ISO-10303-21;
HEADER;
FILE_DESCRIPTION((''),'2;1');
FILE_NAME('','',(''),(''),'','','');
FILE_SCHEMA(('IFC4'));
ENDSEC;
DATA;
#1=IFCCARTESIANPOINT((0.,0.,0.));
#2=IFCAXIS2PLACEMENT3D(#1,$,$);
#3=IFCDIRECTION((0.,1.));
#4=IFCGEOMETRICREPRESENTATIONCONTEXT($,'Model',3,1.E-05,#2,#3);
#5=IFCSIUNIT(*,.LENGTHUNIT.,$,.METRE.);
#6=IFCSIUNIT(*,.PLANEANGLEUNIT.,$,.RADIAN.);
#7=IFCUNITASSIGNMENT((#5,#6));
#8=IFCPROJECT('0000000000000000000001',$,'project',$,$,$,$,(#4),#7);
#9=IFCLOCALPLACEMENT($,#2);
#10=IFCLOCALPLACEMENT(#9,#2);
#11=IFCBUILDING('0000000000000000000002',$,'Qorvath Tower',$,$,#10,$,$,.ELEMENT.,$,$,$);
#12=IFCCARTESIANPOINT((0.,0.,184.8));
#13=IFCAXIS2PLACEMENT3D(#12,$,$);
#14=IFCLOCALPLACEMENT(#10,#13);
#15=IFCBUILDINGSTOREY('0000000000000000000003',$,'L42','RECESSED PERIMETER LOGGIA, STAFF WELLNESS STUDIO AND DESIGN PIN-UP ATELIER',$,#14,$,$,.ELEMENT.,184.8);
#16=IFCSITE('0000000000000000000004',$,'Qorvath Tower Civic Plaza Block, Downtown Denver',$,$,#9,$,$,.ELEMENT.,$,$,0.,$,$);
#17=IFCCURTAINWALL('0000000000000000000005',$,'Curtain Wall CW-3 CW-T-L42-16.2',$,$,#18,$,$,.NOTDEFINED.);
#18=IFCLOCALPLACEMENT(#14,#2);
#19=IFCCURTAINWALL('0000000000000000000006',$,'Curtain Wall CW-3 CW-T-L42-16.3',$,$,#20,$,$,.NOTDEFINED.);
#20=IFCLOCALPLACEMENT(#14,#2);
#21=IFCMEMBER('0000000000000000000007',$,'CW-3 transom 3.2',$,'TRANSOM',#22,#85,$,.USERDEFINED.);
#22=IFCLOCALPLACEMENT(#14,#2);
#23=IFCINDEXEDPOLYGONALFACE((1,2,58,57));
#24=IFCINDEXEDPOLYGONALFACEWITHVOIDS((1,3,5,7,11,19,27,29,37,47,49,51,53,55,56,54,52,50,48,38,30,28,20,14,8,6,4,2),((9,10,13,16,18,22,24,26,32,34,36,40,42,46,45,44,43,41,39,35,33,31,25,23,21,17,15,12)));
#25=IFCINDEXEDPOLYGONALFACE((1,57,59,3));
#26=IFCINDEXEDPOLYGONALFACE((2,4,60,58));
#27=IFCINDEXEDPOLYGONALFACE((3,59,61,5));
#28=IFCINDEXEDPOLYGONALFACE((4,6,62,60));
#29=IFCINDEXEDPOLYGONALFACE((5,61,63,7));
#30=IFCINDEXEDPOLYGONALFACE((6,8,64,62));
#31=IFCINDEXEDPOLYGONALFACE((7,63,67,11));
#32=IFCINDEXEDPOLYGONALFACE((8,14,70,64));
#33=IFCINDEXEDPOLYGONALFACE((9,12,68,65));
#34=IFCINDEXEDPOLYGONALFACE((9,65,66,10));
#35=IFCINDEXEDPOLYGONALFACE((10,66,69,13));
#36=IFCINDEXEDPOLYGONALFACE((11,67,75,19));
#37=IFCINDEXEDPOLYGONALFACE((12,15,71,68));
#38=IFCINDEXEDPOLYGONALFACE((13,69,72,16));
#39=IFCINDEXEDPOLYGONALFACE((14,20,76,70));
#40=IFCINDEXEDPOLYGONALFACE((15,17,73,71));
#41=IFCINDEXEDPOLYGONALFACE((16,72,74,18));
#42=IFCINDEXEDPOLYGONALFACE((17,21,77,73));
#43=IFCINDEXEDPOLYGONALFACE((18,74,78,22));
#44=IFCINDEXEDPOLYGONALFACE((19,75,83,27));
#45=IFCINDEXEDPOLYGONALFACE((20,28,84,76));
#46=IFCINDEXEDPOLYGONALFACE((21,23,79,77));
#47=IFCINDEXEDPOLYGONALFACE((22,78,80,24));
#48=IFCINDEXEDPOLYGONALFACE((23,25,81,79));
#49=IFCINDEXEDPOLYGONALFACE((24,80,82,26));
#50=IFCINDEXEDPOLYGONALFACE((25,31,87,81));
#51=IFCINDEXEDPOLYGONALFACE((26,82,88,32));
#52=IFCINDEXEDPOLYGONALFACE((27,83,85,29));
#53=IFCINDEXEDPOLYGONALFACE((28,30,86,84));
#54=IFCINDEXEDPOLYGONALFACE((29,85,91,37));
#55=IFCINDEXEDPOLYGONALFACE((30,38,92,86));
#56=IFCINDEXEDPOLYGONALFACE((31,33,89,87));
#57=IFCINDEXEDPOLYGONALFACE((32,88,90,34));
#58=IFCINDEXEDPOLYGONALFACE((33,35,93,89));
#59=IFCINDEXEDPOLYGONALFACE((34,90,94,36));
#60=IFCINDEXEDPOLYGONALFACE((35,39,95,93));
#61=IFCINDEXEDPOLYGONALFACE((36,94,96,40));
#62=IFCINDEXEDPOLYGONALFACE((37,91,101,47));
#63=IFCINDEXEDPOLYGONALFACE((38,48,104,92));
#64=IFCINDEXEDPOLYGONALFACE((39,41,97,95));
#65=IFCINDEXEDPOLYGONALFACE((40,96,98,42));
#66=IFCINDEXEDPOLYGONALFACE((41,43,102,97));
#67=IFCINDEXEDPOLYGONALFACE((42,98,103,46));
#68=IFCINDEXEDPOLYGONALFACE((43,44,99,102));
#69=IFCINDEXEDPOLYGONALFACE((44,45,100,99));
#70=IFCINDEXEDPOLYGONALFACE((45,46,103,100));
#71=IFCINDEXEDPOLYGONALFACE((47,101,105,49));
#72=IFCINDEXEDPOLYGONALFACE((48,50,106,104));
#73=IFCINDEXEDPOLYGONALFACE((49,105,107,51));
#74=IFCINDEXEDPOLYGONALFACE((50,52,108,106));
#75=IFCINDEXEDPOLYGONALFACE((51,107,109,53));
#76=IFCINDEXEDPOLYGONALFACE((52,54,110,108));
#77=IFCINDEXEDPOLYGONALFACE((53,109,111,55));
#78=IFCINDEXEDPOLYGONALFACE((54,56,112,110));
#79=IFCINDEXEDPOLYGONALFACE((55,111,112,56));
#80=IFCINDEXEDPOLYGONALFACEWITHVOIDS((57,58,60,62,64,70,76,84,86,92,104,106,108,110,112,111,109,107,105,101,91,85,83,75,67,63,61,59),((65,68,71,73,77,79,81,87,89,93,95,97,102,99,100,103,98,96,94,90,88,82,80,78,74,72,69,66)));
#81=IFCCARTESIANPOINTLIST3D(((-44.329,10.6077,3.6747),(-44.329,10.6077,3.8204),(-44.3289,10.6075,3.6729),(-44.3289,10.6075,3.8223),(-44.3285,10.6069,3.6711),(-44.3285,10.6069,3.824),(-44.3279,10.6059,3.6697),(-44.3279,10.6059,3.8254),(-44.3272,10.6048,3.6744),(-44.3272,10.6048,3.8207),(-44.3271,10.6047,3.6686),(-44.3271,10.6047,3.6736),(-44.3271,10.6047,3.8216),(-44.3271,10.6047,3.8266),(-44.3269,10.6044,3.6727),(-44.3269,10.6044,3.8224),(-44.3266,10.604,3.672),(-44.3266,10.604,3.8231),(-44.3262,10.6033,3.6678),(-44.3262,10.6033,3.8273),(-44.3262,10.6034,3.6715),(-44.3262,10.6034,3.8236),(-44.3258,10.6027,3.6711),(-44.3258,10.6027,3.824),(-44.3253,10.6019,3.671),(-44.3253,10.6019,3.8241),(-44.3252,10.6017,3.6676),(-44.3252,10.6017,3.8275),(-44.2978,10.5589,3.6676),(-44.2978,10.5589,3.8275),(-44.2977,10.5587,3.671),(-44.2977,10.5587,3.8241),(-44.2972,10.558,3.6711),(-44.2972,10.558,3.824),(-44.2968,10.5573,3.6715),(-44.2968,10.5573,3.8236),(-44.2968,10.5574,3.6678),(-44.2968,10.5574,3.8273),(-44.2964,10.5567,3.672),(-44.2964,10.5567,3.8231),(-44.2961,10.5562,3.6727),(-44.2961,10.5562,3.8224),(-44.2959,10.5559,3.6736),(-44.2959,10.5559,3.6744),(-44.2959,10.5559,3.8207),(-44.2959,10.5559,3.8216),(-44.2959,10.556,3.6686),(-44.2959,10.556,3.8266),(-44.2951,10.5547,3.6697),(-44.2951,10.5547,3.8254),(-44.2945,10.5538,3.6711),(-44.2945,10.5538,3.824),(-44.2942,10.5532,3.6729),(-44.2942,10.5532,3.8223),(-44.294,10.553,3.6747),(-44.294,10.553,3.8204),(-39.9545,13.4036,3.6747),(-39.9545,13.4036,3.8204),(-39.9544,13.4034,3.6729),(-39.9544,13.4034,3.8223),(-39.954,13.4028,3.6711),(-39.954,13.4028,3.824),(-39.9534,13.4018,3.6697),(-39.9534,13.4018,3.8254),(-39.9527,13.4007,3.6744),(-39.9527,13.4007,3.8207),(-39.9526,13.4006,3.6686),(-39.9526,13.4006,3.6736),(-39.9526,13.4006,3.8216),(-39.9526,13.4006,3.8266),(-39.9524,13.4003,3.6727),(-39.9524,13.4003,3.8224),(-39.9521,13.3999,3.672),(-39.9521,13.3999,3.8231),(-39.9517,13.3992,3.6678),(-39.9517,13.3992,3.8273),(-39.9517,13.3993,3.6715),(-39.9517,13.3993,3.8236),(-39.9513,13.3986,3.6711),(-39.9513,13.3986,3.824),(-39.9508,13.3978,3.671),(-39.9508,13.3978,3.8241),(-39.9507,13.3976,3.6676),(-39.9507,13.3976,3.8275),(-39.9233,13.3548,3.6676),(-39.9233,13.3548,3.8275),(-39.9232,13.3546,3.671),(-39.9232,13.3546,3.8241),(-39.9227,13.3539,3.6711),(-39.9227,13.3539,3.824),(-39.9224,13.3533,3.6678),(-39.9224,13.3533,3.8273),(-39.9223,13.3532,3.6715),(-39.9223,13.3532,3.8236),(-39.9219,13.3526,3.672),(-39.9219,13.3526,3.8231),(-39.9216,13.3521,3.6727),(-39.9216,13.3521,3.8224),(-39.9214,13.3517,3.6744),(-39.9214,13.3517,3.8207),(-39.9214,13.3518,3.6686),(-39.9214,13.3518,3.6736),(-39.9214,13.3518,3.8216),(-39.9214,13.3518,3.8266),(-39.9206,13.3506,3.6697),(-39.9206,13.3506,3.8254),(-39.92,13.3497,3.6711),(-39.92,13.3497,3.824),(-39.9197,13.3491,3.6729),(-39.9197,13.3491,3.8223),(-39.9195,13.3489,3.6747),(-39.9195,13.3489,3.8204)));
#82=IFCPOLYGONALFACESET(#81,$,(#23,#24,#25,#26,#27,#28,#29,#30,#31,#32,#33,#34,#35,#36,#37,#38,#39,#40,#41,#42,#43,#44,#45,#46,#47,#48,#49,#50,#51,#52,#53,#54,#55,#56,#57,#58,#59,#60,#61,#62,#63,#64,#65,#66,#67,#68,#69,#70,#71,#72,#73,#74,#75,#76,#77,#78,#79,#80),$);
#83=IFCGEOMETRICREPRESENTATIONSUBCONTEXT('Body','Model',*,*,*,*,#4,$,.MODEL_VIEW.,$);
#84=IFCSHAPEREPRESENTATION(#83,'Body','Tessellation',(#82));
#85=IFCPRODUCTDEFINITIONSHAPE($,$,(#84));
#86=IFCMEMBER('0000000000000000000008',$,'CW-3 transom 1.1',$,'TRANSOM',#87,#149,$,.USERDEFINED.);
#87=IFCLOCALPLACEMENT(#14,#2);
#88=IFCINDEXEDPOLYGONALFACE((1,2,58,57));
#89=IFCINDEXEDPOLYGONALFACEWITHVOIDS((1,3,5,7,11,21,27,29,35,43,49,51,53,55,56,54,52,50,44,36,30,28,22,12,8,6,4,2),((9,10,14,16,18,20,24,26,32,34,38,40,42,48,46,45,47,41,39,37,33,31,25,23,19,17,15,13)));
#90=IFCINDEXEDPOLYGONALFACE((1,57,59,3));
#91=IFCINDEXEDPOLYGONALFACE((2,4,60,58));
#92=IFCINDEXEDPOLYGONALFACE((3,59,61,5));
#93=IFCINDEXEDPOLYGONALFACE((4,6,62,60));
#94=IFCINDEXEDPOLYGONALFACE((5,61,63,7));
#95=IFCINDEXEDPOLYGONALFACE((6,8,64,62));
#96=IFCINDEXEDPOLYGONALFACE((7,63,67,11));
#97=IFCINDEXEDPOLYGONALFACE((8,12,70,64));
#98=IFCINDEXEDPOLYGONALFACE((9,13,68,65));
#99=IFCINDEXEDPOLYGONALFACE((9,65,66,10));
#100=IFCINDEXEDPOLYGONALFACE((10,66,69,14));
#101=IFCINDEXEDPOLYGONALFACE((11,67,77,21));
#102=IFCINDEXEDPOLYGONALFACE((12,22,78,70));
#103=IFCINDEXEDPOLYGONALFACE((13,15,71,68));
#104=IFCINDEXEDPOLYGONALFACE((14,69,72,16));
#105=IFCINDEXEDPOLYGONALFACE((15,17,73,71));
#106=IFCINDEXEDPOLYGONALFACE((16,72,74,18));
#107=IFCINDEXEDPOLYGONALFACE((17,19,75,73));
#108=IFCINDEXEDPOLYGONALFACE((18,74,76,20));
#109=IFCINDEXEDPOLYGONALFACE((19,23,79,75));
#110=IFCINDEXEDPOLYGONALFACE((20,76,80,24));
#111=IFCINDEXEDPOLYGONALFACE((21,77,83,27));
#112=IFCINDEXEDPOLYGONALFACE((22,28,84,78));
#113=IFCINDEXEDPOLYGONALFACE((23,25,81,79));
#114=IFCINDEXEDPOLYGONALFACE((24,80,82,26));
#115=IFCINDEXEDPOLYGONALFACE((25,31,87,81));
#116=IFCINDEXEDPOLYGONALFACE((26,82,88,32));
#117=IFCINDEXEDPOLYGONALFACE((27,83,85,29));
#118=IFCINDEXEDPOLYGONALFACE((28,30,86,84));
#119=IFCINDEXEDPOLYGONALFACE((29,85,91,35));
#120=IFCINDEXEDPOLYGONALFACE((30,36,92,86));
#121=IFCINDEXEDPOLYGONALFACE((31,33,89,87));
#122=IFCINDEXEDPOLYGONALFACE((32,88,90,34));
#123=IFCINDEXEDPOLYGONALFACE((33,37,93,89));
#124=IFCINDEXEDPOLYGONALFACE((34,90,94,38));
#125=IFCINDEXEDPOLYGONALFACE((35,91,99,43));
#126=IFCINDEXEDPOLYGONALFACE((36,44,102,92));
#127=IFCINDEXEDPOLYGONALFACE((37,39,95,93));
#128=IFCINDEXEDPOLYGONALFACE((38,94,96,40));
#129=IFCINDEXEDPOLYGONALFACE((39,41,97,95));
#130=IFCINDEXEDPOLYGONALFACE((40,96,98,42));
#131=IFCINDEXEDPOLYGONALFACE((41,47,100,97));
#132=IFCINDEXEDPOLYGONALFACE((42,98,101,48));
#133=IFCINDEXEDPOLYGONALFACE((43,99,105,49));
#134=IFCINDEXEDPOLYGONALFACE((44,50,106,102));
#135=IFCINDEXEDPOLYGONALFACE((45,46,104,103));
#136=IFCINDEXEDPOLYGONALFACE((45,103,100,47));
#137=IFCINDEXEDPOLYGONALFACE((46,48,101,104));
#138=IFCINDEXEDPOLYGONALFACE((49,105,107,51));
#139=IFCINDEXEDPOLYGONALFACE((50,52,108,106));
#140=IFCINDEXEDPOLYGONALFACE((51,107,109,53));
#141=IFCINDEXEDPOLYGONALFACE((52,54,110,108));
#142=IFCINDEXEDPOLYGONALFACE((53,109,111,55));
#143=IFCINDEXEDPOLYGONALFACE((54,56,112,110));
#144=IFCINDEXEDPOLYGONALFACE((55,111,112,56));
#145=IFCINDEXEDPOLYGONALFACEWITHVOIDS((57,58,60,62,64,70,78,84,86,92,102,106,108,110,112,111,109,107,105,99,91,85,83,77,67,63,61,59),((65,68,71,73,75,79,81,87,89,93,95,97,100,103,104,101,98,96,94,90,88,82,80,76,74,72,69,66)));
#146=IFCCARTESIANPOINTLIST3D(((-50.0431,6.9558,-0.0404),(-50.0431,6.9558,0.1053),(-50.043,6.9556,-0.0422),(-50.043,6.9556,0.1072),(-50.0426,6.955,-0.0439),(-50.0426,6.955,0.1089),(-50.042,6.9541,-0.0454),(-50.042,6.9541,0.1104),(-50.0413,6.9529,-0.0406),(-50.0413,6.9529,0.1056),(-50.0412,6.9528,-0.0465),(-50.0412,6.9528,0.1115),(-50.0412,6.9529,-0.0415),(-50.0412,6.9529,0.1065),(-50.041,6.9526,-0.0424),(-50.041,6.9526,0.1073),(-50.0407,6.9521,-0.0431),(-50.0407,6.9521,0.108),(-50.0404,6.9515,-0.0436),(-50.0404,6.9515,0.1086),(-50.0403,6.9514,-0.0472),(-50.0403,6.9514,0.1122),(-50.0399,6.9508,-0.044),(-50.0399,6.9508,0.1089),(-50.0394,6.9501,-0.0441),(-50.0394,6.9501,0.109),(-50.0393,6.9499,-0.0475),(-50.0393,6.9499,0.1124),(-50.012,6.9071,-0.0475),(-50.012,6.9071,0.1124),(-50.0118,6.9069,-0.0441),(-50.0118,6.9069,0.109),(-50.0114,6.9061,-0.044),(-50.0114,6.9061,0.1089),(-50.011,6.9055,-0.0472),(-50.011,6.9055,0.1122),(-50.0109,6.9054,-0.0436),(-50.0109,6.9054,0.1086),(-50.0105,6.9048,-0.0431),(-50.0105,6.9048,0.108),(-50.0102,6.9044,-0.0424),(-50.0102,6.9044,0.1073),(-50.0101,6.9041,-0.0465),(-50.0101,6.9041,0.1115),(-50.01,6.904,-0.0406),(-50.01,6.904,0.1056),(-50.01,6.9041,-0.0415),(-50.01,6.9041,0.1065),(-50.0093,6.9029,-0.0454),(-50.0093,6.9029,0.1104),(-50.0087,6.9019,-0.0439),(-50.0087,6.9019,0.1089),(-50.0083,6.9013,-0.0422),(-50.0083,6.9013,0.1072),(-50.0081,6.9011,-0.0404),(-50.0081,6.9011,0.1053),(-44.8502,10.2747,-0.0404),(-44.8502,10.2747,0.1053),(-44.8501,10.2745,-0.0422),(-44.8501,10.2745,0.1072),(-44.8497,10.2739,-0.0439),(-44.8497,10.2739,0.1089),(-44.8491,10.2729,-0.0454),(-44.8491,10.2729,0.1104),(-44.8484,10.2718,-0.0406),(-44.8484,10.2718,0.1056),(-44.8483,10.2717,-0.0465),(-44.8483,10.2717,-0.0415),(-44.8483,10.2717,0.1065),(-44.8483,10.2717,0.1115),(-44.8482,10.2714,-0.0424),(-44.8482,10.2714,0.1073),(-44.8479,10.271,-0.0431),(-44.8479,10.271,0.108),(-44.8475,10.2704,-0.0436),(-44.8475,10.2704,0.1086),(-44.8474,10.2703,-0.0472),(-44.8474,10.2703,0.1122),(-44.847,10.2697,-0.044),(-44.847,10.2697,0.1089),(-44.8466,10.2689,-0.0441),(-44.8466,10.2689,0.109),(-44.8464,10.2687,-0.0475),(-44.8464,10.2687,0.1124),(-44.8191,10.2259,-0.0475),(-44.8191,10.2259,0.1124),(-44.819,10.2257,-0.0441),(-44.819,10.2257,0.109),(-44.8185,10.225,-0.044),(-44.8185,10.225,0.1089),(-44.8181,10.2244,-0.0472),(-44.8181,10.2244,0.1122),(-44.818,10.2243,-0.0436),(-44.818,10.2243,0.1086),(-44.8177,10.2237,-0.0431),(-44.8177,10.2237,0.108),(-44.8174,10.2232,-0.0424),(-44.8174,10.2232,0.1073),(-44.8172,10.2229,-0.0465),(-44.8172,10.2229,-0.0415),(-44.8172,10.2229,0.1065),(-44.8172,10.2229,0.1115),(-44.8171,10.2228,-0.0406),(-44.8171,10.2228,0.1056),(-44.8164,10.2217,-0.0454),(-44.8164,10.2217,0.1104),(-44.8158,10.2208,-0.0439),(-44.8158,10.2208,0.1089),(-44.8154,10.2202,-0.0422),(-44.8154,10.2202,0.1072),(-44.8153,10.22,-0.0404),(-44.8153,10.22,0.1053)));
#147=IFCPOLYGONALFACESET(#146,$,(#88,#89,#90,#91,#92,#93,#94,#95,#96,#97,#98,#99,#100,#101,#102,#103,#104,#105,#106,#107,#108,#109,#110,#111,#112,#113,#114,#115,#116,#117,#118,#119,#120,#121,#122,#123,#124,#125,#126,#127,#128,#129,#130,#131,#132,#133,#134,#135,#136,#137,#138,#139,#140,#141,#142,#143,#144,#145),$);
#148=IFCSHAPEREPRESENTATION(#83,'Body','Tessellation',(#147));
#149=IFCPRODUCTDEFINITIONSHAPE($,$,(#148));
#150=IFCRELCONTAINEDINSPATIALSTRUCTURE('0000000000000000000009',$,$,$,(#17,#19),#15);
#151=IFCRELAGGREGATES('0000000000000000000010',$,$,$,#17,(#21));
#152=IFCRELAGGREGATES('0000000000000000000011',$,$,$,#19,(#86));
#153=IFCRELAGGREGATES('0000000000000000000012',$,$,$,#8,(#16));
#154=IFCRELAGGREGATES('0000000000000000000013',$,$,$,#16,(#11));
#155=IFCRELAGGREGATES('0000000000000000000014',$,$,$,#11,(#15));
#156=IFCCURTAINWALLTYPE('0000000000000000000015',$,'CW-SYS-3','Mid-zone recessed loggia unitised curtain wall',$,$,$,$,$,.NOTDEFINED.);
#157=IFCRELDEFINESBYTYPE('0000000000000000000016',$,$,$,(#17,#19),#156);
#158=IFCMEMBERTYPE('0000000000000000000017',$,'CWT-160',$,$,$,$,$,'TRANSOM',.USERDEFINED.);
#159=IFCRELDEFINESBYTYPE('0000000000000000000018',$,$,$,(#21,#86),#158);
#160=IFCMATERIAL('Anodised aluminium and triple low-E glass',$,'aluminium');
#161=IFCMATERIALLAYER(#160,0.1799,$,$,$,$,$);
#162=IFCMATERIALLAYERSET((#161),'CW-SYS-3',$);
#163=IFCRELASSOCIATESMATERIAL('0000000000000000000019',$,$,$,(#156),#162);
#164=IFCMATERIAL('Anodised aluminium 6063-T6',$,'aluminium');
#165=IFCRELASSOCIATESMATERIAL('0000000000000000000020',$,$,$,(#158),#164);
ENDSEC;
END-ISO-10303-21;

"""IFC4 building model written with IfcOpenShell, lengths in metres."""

from ifc_helpers import new_model, si_unit, direction, frame, origin, origin_2d, place, context, subcontext, project, spatial, hollow_rectangle, extrude, material, layer, layer_set, material_profile, profile_set, type_object, element, aggregate, save


model = new_model("IFC4")

# Units and contexts
model_context = context("Model", 3, precision=1e-05, world=origin(), true_north=direction((0.0, 1.0)))
body_context = subcontext(model_context, "Body", "Model", "MODEL_VIEW")
ifc_project = project(units=[si_unit("LENGTHUNIT", "METRE"), si_unit("PLANEANGLEUNIT", "RADIAN")], contexts=[model_context])

# Site, building, storey
site_placement = place(None, origin())
site = spatial("IfcSite", under=ifc_project, at=site_placement, Name="Qorvath Tower Civic Plaza Block, Downtown Denver", CompositionType="ELEMENT", RefElevation=0.0)
building_placement = place(site_placement, origin())
building = spatial("IfcBuilding", under=site, at=building_placement, Name="Qorvath Tower", CompositionType="ELEMENT")
storey_placement = place(building_placement, frame((0.0, 0.0, 184.8)))
storey = spatial("IfcBuildingStorey", under=building, at=storey_placement, Name="L42", Description="RECESSED PERIMETER LOGGIA, STAFF WELLNESS STUDIO AND DESIGN PIN-UP ATELIER", CompositionType="ELEMENT", Elevation=184.8)

# Curtain walls
ifc_material_1 = material(Name="Anodised aluminium and triple low-E glass", Category="aluminium")
ifc_layer_1 = layer(ifc_material_1, 0.1799)
ifc_layer_set_1 = layer_set([ifc_layer_1], Name="CW-SYS-3")
curtain_wall_type = type_object("IfcCurtainWallType", Name="CW-SYS-3", Description="Mid-zone recessed loggia unitised curtain wall", PredefinedType="NOTDEFINED", material=ifc_layer_set_1)
curtain_wall_1_placement = place(storey_placement, origin())
curtain_wall_1 = element("IfcCurtainWall", 1, at=curtain_wall_1_placement, inside=storey, type_object=curtain_wall_type, Name="Curtain Wall CW-3 CW-T-L42-16.2", PredefinedType="NOTDEFINED")
curtain_wall_2_placement = place(storey_placement, origin())
curtain_wall_2 = element("IfcCurtainWall", 2, at=curtain_wall_2_placement, inside=storey, type_object=curtain_wall_type, Name="Curtain Wall CW-3 CW-T-L42-16.3", PredefinedType="NOTDEFINED")

# Members
ifc_material_2 = material(Name="Anodised aluminium 6063-T6", Category="aluminium")
ifc_material_profile_1 = material_profile(ifc_material_2, hollow_rectangle(XDim=0.0649, YDim=0.1599, WallThickness=0.0034, InnerFilletRadius=0.0034, OuterFilletRadius=0.0071, at=origin_2d()), Name="CWT 160x65")
ifc_profile_set_1 = profile_set([ifc_material_profile_1], Name="Anodised aluminium 6063-T6")
member_type_1 = type_object("IfcMemberType", Name="CWT-160", ElementType="TRANSOM", PredefinedType="USERDEFINED", material=ifc_profile_set_1)
member_1_placement = place(storey_placement, frame((-39.937, 13.3762, 3.7476), z_axis=(-0.842603, -0.538536, 0.0), x_axis=(0.538536, -0.842603, 0.0)))
member_1 = element("IfcMember", 3, at=member_1_placement, type_object=member_type_1, Name="CW-3 transom 3.2", ObjectType="TRANSOM", PredefinedType="USERDEFINED", context=body_context, shape_type="SweptSolid", body=[
    extrude(hollow_rectangle(XDim=0.0649, YDim=0.1599, WallThickness=0.0034, InnerFilletRadius=0.0034, OuterFilletRadius=0.0071, at=origin_2d()), origin(), (0.0, 0.0, 1.0), 5.1917),
])
member_2_placement = place(storey_placement, frame((-44.8328, 10.2473, 0.0325), z_axis=(-0.842609, -0.538525, 0.0), x_axis=(0.538525, -0.842609, 0.0)))
member_2 = element("IfcMember", 4, at=member_2_placement, type_object=member_type_1, Name="CW-3 transom 1.1", ObjectType="TRANSOM", PredefinedType="USERDEFINED", context=body_context, shape_type="SweptSolid", body=[
    extrude(hollow_rectangle(XDim=0.0649, YDim=0.1599, WallThickness=0.0034, InnerFilletRadius=0.0034, OuterFilletRadius=0.0071, at=origin_2d()), origin(), (0.0, 0.0, 1.0), 6.1628),
])

aggregate(curtain_wall_1, [member_1])
aggregate(curtain_wall_2, [member_2])

save(model, "model.ifc")
